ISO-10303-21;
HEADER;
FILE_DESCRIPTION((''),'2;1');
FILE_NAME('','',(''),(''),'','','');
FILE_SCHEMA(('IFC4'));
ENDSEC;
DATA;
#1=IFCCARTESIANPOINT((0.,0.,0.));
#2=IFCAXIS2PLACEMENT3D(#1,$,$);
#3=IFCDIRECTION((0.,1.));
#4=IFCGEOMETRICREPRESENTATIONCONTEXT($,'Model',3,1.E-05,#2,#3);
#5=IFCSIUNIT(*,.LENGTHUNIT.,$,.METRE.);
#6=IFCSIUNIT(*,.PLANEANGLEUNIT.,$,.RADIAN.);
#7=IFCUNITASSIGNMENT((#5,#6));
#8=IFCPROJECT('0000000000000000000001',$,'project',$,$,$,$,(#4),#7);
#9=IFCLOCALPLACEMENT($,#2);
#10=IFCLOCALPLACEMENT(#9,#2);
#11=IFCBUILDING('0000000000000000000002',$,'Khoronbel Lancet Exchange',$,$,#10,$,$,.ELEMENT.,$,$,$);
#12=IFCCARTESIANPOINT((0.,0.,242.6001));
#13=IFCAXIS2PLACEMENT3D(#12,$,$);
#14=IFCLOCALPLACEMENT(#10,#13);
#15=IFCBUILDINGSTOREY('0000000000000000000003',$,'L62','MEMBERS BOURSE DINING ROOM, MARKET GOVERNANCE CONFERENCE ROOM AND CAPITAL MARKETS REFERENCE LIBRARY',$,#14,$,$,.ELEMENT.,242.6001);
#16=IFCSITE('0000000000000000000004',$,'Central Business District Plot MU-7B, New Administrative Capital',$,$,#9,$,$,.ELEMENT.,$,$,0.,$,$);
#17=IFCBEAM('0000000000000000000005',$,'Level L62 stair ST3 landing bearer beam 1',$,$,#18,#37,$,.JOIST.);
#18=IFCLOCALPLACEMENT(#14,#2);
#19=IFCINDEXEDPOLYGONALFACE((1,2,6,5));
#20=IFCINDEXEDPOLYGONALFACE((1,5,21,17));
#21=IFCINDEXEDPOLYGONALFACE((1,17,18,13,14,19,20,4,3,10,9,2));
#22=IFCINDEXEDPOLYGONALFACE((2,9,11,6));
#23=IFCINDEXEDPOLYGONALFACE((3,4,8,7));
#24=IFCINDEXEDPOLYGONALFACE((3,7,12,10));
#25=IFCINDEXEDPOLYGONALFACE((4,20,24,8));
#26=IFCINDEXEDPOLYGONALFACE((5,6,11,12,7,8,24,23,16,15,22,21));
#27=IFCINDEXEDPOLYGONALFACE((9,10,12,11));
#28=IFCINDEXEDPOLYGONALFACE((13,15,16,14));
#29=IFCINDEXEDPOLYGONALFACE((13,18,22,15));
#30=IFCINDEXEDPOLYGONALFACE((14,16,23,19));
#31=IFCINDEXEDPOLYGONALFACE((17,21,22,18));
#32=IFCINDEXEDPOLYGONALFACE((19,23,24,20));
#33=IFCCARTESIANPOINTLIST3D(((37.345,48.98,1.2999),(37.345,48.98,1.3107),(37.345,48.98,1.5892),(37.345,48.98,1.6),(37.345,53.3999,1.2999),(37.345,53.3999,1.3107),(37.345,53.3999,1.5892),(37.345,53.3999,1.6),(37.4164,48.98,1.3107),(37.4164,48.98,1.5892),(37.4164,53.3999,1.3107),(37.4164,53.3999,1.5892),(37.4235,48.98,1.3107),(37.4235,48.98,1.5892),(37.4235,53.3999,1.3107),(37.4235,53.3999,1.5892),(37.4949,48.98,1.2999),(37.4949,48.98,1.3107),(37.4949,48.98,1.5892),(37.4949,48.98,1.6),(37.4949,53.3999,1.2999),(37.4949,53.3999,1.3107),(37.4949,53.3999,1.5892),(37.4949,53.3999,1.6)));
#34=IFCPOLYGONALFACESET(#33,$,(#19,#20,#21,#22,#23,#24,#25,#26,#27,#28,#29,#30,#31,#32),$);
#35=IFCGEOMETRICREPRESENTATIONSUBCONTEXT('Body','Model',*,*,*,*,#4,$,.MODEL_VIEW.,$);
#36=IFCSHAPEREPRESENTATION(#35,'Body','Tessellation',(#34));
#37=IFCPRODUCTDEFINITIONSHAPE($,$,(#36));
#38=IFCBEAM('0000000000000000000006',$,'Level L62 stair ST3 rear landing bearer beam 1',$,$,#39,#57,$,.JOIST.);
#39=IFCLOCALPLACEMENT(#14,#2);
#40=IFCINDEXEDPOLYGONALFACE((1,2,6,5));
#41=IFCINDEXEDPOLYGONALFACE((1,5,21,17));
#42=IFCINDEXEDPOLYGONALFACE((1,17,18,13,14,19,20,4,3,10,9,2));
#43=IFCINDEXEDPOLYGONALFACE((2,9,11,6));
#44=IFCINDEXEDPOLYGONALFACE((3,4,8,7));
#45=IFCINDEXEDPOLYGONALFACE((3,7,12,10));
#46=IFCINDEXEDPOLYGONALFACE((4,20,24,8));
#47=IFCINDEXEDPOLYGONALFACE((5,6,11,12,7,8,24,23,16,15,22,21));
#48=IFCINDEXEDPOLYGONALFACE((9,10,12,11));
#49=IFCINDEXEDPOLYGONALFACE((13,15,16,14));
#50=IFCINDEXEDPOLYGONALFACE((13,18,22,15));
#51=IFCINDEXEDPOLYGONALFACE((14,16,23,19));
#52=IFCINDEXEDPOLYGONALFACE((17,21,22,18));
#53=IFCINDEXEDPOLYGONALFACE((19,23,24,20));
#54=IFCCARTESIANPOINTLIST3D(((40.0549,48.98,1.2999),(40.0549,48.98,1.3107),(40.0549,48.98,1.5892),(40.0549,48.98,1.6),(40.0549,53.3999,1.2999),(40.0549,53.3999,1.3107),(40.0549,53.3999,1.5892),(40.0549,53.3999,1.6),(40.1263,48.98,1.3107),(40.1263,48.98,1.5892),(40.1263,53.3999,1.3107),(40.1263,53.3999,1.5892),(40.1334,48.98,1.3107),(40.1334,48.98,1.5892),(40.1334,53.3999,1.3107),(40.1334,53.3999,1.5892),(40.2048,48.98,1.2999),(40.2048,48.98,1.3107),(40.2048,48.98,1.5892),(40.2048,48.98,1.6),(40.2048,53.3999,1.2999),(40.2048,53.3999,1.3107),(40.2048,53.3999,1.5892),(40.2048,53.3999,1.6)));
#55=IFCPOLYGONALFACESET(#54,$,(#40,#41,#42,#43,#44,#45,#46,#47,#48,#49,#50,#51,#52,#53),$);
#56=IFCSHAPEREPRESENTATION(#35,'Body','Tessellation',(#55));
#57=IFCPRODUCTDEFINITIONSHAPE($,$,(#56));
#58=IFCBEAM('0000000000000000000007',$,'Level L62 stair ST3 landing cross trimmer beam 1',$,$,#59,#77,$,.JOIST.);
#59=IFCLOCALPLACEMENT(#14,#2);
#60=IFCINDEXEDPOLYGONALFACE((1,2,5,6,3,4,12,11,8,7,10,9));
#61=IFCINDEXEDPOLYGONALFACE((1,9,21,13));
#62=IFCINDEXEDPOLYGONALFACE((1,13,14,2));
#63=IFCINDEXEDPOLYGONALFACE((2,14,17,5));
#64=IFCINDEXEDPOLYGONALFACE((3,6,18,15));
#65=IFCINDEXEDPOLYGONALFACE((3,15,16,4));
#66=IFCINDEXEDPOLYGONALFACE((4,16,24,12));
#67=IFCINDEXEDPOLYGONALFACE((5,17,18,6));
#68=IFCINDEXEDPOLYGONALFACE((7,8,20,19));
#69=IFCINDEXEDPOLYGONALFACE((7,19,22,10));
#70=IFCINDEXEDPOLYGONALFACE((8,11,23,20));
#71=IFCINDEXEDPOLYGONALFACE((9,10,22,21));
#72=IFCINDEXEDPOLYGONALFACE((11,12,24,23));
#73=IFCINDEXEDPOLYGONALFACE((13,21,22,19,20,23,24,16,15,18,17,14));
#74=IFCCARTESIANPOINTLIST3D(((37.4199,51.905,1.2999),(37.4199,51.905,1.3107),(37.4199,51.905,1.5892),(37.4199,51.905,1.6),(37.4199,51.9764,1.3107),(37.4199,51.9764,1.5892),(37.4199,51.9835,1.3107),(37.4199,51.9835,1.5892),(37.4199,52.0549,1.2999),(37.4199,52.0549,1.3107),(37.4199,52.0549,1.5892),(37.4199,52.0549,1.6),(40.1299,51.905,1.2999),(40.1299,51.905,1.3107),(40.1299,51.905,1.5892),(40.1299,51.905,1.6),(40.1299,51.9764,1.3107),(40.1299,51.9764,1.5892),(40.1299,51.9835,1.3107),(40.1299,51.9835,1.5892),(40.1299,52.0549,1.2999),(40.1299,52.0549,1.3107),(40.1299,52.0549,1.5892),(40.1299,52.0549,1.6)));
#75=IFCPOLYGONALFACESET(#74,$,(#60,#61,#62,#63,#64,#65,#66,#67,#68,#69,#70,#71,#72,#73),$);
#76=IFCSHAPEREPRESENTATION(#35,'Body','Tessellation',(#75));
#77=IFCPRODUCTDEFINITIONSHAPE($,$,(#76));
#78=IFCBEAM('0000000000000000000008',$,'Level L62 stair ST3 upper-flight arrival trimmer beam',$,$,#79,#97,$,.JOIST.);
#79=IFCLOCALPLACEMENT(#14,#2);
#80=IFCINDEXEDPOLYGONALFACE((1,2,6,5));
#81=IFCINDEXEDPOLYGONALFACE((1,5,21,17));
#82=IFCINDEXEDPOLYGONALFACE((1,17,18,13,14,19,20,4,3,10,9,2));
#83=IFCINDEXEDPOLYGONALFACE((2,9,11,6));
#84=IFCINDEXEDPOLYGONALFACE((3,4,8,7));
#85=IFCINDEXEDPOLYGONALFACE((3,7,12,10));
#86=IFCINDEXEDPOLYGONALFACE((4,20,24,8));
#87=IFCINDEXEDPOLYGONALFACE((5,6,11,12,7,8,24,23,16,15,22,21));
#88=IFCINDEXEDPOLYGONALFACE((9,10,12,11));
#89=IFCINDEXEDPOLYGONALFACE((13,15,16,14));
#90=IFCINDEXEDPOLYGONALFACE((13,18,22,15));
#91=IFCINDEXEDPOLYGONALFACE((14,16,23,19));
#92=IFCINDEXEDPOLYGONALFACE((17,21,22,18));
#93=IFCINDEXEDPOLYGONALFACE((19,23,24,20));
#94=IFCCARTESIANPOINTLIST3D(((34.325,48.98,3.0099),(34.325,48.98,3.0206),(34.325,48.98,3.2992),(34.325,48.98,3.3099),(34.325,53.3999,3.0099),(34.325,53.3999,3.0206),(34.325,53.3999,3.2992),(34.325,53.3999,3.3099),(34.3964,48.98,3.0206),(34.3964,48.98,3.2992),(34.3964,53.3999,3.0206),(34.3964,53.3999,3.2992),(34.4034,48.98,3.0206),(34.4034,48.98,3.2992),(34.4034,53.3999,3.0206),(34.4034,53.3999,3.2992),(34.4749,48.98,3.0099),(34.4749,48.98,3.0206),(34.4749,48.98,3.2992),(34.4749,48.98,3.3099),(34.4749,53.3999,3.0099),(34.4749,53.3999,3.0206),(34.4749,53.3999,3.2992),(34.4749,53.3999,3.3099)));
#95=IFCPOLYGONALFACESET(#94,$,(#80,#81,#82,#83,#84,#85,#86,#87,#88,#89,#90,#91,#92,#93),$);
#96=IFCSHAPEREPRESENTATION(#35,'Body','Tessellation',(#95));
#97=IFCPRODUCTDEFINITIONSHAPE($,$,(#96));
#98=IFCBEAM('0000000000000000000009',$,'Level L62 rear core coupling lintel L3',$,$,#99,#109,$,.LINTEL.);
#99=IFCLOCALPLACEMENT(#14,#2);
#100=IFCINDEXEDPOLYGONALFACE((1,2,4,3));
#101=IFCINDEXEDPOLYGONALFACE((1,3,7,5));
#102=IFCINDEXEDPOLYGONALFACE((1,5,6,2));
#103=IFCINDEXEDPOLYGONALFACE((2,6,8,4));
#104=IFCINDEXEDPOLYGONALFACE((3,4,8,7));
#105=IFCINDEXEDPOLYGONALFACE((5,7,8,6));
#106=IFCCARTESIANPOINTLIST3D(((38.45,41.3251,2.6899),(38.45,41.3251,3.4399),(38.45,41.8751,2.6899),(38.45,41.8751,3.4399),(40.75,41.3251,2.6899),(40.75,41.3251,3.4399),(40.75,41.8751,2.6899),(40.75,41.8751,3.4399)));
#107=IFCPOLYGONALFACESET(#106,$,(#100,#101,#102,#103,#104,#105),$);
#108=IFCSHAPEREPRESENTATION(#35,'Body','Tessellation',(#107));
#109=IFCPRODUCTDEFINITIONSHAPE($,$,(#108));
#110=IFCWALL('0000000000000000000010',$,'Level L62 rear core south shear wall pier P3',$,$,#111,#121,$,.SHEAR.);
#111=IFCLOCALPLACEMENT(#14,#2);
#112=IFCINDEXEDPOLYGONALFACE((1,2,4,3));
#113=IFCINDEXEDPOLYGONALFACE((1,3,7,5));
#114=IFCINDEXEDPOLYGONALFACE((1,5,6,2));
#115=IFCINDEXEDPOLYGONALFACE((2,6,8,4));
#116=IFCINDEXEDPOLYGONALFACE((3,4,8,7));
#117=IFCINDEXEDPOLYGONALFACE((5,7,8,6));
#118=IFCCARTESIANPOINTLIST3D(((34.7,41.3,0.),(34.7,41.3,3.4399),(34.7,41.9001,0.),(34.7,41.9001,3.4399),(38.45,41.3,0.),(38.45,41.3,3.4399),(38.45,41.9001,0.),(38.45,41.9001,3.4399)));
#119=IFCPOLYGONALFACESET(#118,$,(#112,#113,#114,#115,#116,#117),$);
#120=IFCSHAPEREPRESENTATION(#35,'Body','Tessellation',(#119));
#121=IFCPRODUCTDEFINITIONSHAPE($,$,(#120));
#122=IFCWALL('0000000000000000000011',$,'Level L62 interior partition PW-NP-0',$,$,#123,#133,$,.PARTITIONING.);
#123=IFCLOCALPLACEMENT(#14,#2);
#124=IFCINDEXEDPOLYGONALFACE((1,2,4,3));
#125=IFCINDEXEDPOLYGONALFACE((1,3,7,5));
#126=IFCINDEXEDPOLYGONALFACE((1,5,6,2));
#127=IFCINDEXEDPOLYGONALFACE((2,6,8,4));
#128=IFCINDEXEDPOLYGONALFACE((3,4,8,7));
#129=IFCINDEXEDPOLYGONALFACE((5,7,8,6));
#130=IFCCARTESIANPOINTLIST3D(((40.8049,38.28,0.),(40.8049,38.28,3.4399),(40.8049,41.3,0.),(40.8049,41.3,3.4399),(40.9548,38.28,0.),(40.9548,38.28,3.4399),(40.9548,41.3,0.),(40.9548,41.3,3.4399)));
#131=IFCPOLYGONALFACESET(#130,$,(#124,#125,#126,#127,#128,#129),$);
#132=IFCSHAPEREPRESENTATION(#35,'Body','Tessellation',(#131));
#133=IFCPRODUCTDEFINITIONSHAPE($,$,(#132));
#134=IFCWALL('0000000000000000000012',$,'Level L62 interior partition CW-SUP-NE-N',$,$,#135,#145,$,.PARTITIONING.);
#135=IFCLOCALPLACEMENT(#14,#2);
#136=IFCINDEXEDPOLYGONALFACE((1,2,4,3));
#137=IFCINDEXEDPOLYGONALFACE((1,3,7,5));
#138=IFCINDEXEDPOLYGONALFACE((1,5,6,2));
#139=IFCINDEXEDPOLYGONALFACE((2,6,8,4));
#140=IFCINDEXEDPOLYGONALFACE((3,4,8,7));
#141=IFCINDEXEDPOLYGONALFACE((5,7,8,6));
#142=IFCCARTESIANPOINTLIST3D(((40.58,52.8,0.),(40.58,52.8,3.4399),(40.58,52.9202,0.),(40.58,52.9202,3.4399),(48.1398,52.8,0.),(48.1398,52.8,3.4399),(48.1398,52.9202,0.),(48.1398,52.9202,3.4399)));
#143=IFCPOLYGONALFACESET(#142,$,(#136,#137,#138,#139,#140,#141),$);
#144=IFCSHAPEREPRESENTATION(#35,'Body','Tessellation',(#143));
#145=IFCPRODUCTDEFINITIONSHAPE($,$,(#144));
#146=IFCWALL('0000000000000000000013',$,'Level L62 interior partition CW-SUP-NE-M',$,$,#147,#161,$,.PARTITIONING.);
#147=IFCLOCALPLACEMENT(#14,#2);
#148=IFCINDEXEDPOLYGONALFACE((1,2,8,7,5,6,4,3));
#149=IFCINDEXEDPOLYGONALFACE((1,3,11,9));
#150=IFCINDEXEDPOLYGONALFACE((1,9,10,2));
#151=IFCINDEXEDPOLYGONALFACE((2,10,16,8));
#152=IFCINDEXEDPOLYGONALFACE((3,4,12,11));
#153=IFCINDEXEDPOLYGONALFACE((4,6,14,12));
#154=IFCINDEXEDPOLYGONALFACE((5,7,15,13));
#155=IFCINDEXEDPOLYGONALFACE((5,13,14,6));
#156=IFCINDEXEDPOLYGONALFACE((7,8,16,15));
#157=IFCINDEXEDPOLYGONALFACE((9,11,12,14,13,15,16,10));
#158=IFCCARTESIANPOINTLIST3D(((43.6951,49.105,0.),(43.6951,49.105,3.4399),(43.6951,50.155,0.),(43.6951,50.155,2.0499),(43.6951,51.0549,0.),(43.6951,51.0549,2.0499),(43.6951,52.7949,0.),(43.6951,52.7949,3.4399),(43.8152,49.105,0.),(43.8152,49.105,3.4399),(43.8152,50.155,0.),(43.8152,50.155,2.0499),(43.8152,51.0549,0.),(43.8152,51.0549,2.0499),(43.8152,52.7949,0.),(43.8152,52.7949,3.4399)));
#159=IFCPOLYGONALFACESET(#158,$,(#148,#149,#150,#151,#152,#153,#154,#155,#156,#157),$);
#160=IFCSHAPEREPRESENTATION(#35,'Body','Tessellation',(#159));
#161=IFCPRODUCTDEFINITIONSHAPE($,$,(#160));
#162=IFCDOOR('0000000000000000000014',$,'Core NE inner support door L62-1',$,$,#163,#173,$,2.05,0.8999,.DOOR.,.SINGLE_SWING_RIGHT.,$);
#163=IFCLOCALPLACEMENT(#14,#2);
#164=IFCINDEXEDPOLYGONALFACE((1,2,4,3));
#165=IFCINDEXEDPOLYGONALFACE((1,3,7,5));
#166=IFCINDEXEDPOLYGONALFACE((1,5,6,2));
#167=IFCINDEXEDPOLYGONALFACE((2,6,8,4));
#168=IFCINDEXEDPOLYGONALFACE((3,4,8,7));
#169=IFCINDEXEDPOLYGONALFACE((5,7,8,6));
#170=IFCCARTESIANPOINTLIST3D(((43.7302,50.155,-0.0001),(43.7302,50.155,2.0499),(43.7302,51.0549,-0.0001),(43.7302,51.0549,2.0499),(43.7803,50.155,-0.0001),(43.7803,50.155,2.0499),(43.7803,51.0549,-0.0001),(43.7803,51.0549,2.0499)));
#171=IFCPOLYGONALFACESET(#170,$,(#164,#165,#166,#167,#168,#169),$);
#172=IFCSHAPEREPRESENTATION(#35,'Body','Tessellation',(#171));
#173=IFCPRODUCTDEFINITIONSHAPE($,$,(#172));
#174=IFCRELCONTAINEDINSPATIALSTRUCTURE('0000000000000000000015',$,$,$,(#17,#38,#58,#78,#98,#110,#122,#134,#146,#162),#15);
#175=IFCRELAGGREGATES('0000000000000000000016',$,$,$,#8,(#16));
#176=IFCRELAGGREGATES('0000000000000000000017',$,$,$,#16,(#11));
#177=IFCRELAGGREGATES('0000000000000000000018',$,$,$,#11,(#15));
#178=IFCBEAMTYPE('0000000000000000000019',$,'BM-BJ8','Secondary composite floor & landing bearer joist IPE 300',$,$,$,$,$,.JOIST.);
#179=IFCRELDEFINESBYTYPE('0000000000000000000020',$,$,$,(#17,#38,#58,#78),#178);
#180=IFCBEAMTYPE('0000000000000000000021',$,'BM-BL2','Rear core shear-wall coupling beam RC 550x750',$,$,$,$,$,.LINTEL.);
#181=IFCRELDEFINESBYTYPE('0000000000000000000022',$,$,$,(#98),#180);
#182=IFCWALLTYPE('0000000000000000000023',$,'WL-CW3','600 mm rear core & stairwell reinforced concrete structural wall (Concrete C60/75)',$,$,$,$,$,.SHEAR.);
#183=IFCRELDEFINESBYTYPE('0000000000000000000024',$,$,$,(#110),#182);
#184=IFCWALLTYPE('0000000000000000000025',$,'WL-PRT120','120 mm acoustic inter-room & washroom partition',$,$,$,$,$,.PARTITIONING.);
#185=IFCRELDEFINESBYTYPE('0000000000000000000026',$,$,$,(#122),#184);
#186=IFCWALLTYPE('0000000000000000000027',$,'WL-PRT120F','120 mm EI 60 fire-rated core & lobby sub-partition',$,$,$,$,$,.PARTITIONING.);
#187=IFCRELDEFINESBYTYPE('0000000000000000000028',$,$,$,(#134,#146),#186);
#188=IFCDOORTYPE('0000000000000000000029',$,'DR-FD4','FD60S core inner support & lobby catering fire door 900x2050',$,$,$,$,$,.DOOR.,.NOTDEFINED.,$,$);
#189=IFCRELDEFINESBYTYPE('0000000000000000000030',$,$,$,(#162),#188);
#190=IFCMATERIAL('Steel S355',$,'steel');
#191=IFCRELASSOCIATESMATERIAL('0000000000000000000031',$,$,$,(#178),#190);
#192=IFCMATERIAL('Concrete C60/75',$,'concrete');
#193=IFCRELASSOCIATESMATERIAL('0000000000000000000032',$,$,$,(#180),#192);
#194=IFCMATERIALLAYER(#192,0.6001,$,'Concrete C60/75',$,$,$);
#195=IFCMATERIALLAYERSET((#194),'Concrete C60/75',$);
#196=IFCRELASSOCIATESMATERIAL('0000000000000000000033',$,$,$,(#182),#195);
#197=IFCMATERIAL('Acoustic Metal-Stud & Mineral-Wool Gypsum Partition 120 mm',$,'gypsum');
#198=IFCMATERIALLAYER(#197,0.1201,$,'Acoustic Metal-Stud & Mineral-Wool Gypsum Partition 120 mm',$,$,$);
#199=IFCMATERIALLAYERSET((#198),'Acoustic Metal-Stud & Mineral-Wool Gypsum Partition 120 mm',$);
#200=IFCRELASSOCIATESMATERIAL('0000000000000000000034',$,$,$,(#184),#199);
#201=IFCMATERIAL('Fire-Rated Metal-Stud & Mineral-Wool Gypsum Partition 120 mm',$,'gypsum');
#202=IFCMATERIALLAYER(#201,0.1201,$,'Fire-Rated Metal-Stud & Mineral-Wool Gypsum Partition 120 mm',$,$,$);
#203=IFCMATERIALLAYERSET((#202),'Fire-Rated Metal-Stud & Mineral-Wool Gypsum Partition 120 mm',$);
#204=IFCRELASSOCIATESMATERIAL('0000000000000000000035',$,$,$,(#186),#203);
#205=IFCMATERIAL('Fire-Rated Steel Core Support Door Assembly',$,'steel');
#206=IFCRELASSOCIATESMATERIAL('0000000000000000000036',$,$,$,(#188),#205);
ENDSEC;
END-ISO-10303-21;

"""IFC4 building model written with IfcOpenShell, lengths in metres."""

from ifc_helpers import new_model, si_unit, direction, frame, frame_2d, origin, origin_2d, place, context, subcontext, project, spatial, rectangle, i_section, extrude, material, layer, layer_set, material_profile, profile_set, type_object, element, fill, save


model = new_model("IFC4")

# Units and contexts
model_context = context("Model", 3, precision=1e-05, world=origin(), true_north=direction((0.0, 1.0)))
body_context = subcontext(model_context, "Body", "Model", "MODEL_VIEW")
ifc_project = project(units=[si_unit("LENGTHUNIT", "METRE"), si_unit("PLANEANGLEUNIT", "RADIAN")], contexts=[model_context])

# Site, building, storey
site_placement = place(None, origin())
site = spatial("IfcSite", under=ifc_project, at=site_placement, Name="Central Business District Plot MU-7B, New Administrative Capital", CompositionType="ELEMENT", RefElevation=0.0)
building_placement = place(site_placement, origin())
building = spatial("IfcBuilding", under=site, at=building_placement, Name="Khoronbel Lancet Exchange", CompositionType="ELEMENT")
storey_placement = place(building_placement, frame((0.0, 0.0, 242.6001)))
storey = spatial("IfcBuildingStorey", under=building, at=storey_placement, Name="L62", Description="MEMBERS BOURSE DINING ROOM, MARKET GOVERNANCE CONFERENCE ROOM AND CAPITAL MARKETS REFERENCE LIBRARY", CompositionType="ELEMENT", Elevation=242.6001)

# Beams
ifc_material_1 = material(Name="Steel S355", Category="steel")
ifc_material_profile_1 = material_profile(ifc_material_1, i_section(OverallWidth=0.1499, OverallDepth=0.3, WebThickness=0.0071, FlangeThickness=0.0107, at=origin_2d()), Name="IPE 300")
ifc_profile_set_1 = profile_set([ifc_material_profile_1], Name="Steel S355")
beam_type_1 = type_object("IfcBeamType", Name="BM-BJ8", Description="Secondary composite floor & landing bearer joist IPE 300", PredefinedType="JOIST", material=ifc_profile_set_1)
for number, where, z_axis, x_axis, name in (
    (1, (37.4199, 48.98, 1.45), (0.0, 1.0, 0.0), (-1.0, 0.0, 0.0), "Level L62 stair ST3 landing bearer beam 1"),
    (2, (40.1299, 48.98, 1.45), (0.0, 1.0, 0.0), (-1.0, 0.0, 0.0), "Level L62 stair ST3 rear landing bearer beam 1"),
):
    element("IfcBeam", number, at=place(storey_placement, frame(where, z_axis=z_axis, x_axis=x_axis)), inside=storey, type_object=beam_type_1, Name=name, PredefinedType="JOIST", context=body_context, shape_type="SweptSolid", body=[
        extrude(i_section(OverallWidth=0.1499, OverallDepth=0.3, WebThickness=0.0071, FlangeThickness=0.0107, at=origin_2d()), origin(), (0.0, 0.0, 1.0), 4.4199),
    ])
beam_1_placement = place(storey_placement, frame((37.4199, 51.98, 1.45), z_axis=(1.0, 0.0, 0.0), x_axis=(0.0, 1.0, 0.0)))
element("IfcBeam", 3, at=beam_1_placement, inside=storey, type_object=beam_type_1, Name="Level L62 stair ST3 landing cross trimmer beam 1", PredefinedType="JOIST", context=body_context, shape_type="SweptSolid", body=[
    extrude(i_section(OverallWidth=0.1499, OverallDepth=0.3, WebThickness=0.0071, FlangeThickness=0.0107, at=origin_2d()), origin(), (0.0, 0.0, 1.0), 2.71),
])
beam_2_placement = place(storey_placement, frame((34.3999, 48.98, 3.1599), z_axis=(0.0, 1.0, 0.0), x_axis=(-1.0, 0.0, 0.0)))
element("IfcBeam", 4, at=beam_2_placement, inside=storey, type_object=beam_type_1, Name="Level L62 stair ST3 upper-flight arrival trimmer beam", PredefinedType="JOIST", context=body_context, shape_type="SweptSolid", body=[
    extrude(i_section(OverallWidth=0.1499, OverallDepth=0.3, WebThickness=0.0071, FlangeThickness=0.0107, at=origin_2d()), origin(), (0.0, 0.0, 1.0), 4.4199),
])
ifc_material_2 = material(Name="Concrete C60/75", Category="concrete")
ifc_material_profile_2 = material_profile(ifc_material_2, rectangle(XDim=0.55, YDim=0.75, at=origin_2d()), Name="RC 550x750")
ifc_profile_set_2 = profile_set([ifc_material_profile_2], Name="Concrete C60/75")
beam_type_2 = type_object("IfcBeamType", Name="BM-BL2", Description="Rear core shear-wall coupling beam RC 550x750", PredefinedType="LINTEL", material=ifc_profile_set_2)
beam_3_placement = place(storey_placement, frame((38.45, 41.6001, 3.0649), z_axis=(1.0, 0.0, 0.0), x_axis=(0.0, 1.0, 0.0)))
element("IfcBeam", 5, at=beam_3_placement, inside=storey, type_object=beam_type_2, Name="Level L62 rear core coupling lintel L3", PredefinedType="LINTEL", context=body_context, shape_type="SweptSolid", body=[
    extrude(rectangle(XDim=0.55, YDim=0.75, at=origin_2d()), origin(), (0.0, 0.0, 1.0), 2.3),
])

# Walls
ifc_layer_1 = layer(ifc_material_2, 0.6001, Name="Concrete C60/75")
ifc_layer_set_1 = layer_set([ifc_layer_1], Name="Concrete C60/75")
wall_type_1 = type_object("IfcWallType", Name="WL-CW3", Description="600 mm rear core & stairwell reinforced concrete structural wall (Concrete C60/75)", PredefinedType="SHEAR", material=ifc_layer_set_1)
wall_1_placement = place(storey_placement, frame((38.45, 41.6001, 0.0), z_axis=(0.0, 0.0, 1.0), x_axis=(-1.0, 0.0, 0.0)))
element("IfcWall", 6, at=wall_1_placement, inside=storey, type_object=wall_type_1, Name="Level L62 rear core south shear wall pier P3", PredefinedType="SHEAR", context=body_context, shape_type="SweptSolid", body=[
    extrude(rectangle(XDim=3.75, YDim=0.6001, at=frame_2d((1.875, 0.0))), origin(), (0.0, 0.0, 1.0), 3.4399),
])
ifc_material_3 = material(Name="Acoustic Metal-Stud & Mineral-Wool Gypsum Partition 120 mm", Category="gypsum")
ifc_layer_2 = layer(ifc_material_3, 0.1201, Name="Acoustic Metal-Stud & Mineral-Wool Gypsum Partition 120 mm")
ifc_layer_set_2 = layer_set([ifc_layer_2], Name="Acoustic Metal-Stud & Mineral-Wool Gypsum Partition 120 mm")
wall_type_2 = type_object("IfcWallType", Name="WL-PRT120", Description="120 mm acoustic inter-room & washroom partition", PredefinedType="PARTITIONING", material=ifc_layer_set_2)
wall_2_placement = place(storey_placement, frame((40.8799, 38.28, 0.0), z_axis=(0.0, 0.0, 1.0), x_axis=(0.0, 1.0, 0.0)))
element("IfcWall", 7, at=wall_2_placement, inside=storey, type_object=wall_type_2, Name="Level L62 interior partition PW-NP-0", PredefinedType="PARTITIONING", context=body_context, shape_type="SweptSolid", body=[
    extrude(rectangle(XDim=3.02, YDim=0.1499, at=frame_2d((1.51, 0.0))), origin(), (0.0, 0.0, 1.0), 3.4399),
])
ifc_material_4 = material(Name="Fire-Rated Metal-Stud & Mineral-Wool Gypsum Partition 120 mm", Category="gypsum")
ifc_layer_3 = layer(ifc_material_4, 0.1201, Name="Fire-Rated Metal-Stud & Mineral-Wool Gypsum Partition 120 mm")
ifc_layer_set_3 = layer_set([ifc_layer_3], Name="Fire-Rated Metal-Stud & Mineral-Wool Gypsum Partition 120 mm")
wall_type_3 = type_object("IfcWallType", Name="WL-PRT120F", Description="120 mm EI 60 fire-rated core & lobby sub-partition", PredefinedType="PARTITIONING", material=ifc_layer_set_3)
wall_3_placement = place(storey_placement, frame((40.5801, 52.8601, 0.0), z_axis=(0.0, 0.0, 1.0), x_axis=(1.0, 0.0, 0.0)))
element("IfcWall", 8, at=wall_3_placement, inside=storey, type_object=wall_type_3, Name="Level L62 interior partition CW-SUP-NE-N", PredefinedType="PARTITIONING", context=body_context, shape_type="SweptSolid", body=[
    extrude(rectangle(XDim=7.5598, YDim=0.1201, at=frame_2d((3.7798, 0.0))), origin(), (0.0, 0.0, 1.0), 3.4399),
])

# Wall, opening, door
wall_4_placement = place(storey_placement, frame((43.7551, 49.105, 0.0), z_axis=(0.0, 0.0, 1.0), x_axis=(0.0, 1.0, 0.0)))
wall_4 = element("IfcWall", 9, at=wall_4_placement, inside=storey, type_object=wall_type_3, Name="Level L62 interior partition CW-SUP-NE-M", PredefinedType="PARTITIONING", context=body_context, shape_type="SweptSolid", body=[
    extrude(rectangle(XDim=3.6899, YDim=0.1201, at=frame_2d((1.845, 0.0))), origin(), (0.0, 0.0, 1.0), 3.4399),
])
opening_1_placement = place(wall_4_placement, frame((1.05, 0.0, 0.0)))
opening_1 = element("IfcOpeningElement", 10, at=opening_1_placement, cuts=wall_4, PredefinedType="OPENING", context=body_context, shape_type="SweptSolid", body=[
    extrude(rectangle(XDim=0.8999, YDim=2.05, at=frame_2d((0.45, 1.0249))), frame((0.0, 0.0701, 0.0), z_axis=(0.0, -1.0, 0.0), x_axis=(1.0, 0.0, 0.0)), (0.0, 0.0, 1.0), 0.1401),
])
ifc_material_5 = material(Name="Fire-Rated Steel Core Support Door Assembly", Category="steel")
door_type_1 = type_object("IfcDoorType", Name="DR-FD4", Description="FD60S core inner support & lobby catering fire door 900x2050", OperationType="NOTDEFINED", PredefinedType="DOOR", material=ifc_material_5)
door_1_placement = place(opening_1_placement, origin())
door_1 = element("IfcDoor", 11, at=door_1_placement, inside=storey, type_object=door_type_1, Name="Core NE inner support door L62-1", OperationType="SINGLE_SWING_RIGHT", OverallHeight=2.05, OverallWidth=0.8999, PredefinedType="DOOR", context=body_context, shape_type="SweptSolid", body=[
    extrude(rectangle(XDim=0.8999, YDim=2.05, at=frame_2d((0.45, 1.0249))), frame((0.0, 0.0249, 0.0), z_axis=(0.0, -1.0, 0.0), x_axis=(1.0, 0.0, 0.0)), (0.0, 0.0, 1.0), 0.05),
])
fill(opening_1, door_1)

save(model, "model.ifc")
